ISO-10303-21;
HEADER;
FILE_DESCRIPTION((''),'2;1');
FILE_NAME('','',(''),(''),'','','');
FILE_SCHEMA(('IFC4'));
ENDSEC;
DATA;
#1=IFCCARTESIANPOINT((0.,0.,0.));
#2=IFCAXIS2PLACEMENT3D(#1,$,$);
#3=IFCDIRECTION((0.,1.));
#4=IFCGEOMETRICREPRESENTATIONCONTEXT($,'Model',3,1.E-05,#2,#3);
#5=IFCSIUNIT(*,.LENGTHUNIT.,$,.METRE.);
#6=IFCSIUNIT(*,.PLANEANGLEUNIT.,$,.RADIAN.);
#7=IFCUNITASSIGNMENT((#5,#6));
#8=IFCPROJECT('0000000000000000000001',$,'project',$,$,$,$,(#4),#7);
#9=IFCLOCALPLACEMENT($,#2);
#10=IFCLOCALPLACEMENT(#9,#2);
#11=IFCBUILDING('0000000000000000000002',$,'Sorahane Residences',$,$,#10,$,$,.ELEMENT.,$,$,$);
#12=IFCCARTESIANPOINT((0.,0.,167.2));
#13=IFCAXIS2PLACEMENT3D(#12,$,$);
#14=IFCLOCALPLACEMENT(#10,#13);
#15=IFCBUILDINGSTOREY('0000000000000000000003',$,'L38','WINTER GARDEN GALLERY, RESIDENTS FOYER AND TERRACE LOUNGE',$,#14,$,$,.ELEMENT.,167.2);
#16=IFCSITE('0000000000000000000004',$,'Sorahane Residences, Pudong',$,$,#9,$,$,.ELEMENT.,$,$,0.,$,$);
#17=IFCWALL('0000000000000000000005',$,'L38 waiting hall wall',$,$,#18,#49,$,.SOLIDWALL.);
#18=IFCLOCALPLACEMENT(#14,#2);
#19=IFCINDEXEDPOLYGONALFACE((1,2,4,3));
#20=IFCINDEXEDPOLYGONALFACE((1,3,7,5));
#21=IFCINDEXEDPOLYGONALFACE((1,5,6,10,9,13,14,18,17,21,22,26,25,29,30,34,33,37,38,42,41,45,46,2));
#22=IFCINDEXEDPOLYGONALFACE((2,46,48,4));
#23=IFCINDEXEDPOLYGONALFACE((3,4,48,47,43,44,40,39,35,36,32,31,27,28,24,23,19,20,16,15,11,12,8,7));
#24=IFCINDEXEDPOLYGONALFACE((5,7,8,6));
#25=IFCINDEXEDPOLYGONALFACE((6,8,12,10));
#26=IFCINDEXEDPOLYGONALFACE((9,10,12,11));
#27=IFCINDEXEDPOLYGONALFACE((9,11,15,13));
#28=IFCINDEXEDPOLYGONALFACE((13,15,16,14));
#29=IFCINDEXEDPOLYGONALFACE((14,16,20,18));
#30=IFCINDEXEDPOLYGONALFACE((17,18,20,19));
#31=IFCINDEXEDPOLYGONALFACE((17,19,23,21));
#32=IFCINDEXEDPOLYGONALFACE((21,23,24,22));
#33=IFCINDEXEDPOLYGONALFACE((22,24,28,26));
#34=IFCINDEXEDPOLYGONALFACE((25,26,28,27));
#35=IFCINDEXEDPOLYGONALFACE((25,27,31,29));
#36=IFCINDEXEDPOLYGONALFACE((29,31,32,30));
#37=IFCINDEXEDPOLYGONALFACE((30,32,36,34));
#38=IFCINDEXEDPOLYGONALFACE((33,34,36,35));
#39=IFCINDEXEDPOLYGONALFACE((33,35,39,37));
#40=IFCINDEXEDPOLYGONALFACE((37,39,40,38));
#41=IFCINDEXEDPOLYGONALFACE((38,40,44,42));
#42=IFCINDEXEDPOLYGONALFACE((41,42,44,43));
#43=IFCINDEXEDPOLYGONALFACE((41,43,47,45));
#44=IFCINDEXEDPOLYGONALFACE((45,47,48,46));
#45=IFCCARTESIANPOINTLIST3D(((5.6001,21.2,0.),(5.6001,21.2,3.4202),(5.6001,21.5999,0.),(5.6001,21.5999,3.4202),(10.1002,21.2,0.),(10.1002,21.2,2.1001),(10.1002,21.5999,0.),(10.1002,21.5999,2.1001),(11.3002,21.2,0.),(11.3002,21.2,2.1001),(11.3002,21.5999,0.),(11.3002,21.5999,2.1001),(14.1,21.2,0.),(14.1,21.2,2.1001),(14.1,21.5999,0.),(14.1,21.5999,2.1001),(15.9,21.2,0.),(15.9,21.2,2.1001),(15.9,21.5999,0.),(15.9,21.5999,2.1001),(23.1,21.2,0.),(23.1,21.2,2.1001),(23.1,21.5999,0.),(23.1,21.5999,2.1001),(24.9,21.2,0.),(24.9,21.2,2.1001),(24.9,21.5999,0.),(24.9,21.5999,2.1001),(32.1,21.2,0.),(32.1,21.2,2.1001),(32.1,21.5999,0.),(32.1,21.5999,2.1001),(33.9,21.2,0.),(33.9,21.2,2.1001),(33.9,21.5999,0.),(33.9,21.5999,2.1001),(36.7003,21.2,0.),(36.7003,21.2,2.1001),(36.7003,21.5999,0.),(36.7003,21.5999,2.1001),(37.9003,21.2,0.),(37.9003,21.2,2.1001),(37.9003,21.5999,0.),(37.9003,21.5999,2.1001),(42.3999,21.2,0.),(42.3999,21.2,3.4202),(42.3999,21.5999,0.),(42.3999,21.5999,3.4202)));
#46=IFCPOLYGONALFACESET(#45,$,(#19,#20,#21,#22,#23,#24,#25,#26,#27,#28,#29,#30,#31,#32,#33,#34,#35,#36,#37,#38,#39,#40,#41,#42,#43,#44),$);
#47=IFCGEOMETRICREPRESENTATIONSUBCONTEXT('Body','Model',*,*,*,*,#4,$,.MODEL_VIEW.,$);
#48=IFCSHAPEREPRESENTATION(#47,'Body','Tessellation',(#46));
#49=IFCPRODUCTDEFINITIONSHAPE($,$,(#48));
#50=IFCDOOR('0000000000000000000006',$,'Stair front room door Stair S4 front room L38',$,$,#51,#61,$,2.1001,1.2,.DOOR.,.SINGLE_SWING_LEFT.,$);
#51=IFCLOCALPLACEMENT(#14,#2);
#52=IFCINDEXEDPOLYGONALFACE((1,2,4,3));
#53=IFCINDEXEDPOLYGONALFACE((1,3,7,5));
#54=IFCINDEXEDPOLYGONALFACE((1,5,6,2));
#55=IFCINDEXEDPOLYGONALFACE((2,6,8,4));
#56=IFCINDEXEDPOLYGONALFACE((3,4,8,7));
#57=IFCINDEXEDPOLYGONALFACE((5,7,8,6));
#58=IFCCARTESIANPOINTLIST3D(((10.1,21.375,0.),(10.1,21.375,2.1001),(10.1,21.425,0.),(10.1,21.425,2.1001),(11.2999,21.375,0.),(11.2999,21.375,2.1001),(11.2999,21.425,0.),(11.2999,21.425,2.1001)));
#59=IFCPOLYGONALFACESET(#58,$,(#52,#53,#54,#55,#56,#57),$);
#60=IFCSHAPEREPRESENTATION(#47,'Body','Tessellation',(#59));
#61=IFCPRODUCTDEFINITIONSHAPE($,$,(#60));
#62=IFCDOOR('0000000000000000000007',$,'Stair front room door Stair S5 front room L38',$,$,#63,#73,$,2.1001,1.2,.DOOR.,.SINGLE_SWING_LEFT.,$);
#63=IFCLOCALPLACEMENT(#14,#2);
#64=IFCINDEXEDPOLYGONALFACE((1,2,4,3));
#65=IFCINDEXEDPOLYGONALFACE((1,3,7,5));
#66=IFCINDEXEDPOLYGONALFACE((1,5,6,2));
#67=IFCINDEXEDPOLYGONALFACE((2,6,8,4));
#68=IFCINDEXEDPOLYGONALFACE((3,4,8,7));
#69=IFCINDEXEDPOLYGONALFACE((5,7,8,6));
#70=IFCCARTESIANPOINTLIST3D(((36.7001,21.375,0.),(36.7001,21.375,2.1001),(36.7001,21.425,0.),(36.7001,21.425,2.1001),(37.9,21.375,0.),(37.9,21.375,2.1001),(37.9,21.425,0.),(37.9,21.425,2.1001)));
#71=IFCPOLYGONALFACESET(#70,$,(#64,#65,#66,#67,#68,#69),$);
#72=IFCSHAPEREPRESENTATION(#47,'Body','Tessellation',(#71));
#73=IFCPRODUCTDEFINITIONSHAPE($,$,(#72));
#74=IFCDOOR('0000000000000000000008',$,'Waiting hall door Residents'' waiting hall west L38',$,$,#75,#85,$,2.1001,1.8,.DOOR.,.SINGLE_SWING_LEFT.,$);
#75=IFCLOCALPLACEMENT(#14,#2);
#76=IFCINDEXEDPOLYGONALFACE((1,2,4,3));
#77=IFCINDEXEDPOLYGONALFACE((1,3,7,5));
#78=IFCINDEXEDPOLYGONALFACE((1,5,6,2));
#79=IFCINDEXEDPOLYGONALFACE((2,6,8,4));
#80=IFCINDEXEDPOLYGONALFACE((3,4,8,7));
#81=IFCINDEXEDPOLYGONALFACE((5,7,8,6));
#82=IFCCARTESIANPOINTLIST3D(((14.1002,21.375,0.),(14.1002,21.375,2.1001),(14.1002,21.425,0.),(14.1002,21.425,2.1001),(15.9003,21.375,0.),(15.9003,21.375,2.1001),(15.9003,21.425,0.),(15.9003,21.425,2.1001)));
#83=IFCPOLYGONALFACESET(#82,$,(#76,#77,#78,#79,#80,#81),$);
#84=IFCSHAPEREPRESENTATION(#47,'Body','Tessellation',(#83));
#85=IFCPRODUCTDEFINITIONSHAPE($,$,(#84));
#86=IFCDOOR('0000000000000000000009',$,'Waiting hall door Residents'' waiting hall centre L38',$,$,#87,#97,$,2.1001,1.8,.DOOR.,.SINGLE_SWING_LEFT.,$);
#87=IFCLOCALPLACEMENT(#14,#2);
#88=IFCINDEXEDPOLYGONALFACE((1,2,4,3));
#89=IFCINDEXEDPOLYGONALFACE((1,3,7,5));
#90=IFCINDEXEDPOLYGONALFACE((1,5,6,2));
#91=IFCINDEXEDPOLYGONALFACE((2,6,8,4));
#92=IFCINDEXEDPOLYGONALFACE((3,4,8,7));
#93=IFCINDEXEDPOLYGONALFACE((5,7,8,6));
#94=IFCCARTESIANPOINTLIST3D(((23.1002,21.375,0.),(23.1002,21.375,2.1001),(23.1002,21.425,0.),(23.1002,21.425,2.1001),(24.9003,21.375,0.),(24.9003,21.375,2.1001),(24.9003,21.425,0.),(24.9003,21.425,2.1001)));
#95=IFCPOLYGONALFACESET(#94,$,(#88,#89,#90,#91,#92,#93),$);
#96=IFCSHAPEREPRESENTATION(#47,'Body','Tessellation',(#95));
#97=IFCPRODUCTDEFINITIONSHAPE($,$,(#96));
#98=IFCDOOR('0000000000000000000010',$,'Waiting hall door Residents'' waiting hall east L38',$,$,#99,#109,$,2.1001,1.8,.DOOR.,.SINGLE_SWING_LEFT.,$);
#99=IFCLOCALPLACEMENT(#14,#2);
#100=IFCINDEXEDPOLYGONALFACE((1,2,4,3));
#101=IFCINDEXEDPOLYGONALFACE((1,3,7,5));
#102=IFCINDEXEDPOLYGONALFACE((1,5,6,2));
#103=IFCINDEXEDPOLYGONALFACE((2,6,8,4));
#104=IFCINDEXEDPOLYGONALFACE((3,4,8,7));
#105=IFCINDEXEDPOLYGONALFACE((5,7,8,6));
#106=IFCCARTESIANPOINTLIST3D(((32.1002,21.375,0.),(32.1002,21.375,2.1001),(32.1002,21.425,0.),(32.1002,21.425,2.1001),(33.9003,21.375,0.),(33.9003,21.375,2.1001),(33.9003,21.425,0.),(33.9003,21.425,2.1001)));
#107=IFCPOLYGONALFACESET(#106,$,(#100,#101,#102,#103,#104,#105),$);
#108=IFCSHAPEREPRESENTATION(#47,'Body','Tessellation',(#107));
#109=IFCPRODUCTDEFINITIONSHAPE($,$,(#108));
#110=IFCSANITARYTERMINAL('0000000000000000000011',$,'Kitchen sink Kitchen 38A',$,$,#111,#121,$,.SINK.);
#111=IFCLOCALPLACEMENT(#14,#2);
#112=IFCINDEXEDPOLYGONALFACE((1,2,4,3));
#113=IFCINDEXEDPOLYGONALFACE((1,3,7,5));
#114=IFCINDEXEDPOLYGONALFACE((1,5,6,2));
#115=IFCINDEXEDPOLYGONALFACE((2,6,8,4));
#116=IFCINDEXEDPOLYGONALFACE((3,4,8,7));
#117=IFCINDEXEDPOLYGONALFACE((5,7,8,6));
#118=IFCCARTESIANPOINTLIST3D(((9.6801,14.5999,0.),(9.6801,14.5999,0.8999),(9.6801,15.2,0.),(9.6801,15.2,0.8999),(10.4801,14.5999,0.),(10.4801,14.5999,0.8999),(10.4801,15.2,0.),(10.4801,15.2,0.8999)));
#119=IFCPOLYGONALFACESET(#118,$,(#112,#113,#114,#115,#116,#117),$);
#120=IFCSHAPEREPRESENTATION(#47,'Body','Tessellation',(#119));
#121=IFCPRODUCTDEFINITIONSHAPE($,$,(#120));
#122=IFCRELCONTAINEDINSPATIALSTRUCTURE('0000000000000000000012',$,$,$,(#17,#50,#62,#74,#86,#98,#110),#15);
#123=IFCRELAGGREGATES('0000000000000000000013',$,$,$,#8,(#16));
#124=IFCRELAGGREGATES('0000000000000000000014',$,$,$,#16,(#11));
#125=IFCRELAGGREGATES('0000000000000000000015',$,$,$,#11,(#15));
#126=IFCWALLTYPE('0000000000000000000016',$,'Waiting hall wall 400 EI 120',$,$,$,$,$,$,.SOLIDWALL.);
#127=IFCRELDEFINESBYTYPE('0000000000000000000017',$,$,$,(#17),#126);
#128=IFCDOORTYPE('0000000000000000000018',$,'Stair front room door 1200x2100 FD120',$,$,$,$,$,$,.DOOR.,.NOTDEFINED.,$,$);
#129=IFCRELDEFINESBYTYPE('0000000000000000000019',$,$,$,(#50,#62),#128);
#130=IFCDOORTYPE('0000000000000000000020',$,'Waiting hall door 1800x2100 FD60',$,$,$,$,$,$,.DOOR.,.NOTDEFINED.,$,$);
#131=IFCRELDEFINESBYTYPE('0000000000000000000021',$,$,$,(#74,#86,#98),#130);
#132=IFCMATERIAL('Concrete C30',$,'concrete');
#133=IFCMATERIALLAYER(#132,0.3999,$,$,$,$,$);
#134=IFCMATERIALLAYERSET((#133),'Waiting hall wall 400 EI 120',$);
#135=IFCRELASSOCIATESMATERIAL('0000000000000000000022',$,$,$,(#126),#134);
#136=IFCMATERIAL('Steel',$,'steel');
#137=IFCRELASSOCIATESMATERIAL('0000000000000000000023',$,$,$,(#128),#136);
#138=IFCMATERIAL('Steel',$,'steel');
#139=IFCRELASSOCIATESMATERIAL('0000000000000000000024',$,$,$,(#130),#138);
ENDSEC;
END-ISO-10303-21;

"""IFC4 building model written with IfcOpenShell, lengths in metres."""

from ifc_helpers import new_model, si_unit, direction, frame, frame_2d, origin, origin_2d, place, context, subcontext, project, spatial, rectangle, extrude, material, layer, layer_set, type_object, element, fill, save


model = new_model("IFC4")

# Units and contexts
model_context = context("Model", 3, precision=1e-05, world=origin(), true_north=direction((0.0, 1.0)))
body_context = subcontext(model_context, "Body", "Model", "MODEL_VIEW")
ifc_project = project(units=[si_unit("LENGTHUNIT", "METRE"), si_unit("PLANEANGLEUNIT", "RADIAN")], contexts=[model_context])

# Site, building, storey
site_placement = place(None, origin())
site = spatial("IfcSite", under=ifc_project, at=site_placement, Name="Sorahane Residences, Pudong", CompositionType="ELEMENT", RefElevation=0.0)
building_placement = place(site_placement, origin())
building = spatial("IfcBuilding", under=site, at=building_placement, Name="Sorahane Residences", CompositionType="ELEMENT")
storey_placement = place(building_placement, frame((0.0, 0.0, 167.2)))
storey = spatial("IfcBuildingStorey", under=building, at=storey_placement, Name="L38", Description="WINTER GARDEN GALLERY, RESIDENTS FOYER AND TERRACE LOUNGE", CompositionType="ELEMENT", Elevation=167.2)

# Wall, openings, doors
ifc_material_1 = material(Name="Concrete C30", Category="concrete")
ifc_layer_1 = layer(ifc_material_1, 0.3999)
ifc_layer_set_1 = layer_set([ifc_layer_1], Name="Waiting hall wall 400 EI 120")
wall_type_1 = type_object("IfcWallType", Name="Waiting hall wall 400 EI 120", PredefinedType="SOLIDWALL", material=ifc_layer_set_1)
wall_1_placement = place(storey_placement, frame((5.6001, 21.3999, 0.0), z_axis=(0.0, 0.0, 1.0), x_axis=(1.0, 0.0, 0.0)))
wall_1 = element("IfcWall", 1, at=wall_1_placement, inside=storey, type_object=wall_type_1, Name="L38 waiting hall wall", PredefinedType="SOLIDWALL", context=body_context, shape_type="SweptSolid", body=[
    extrude(rectangle(XDim=36.7998, YDim=0.3999, at=frame_2d((18.3999, 0.0))), origin(), (0.0, 0.0, 1.0), 3.4202),
])
opening_1_placement = place(wall_1_placement, frame((8.5, 0.0, 0.0)))
opening_1 = element("IfcOpeningElement", 2, at=opening_1_placement, cuts=wall_1, PredefinedType="OPENING", context=body_context, shape_type="SweptSolid", body=[
    extrude(rectangle(XDim=1.8, YDim=2.1001, at=frame_2d((0.8999, 1.05))), frame((0.0, 0.21, 0.0), z_axis=(0.0, -1.0, 0.0), x_axis=(1.0, 0.0, 0.0)), (0.0, 0.0, 1.0), 0.4199),
])
opening_2_placement = place(wall_1_placement, frame((17.5, 0.0, 0.0)))
opening_2 = element("IfcOpeningElement", 3, at=opening_2_placement, cuts=wall_1, PredefinedType="OPENING", context=body_context, shape_type="SweptSolid", body=[
    extrude(rectangle(XDim=1.8, YDim=2.1001, at=frame_2d((0.8999, 1.05))), frame((0.0, 0.21, 0.0), z_axis=(0.0, -1.0, 0.0), x_axis=(1.0, 0.0, 0.0)), (0.0, 0.0, 1.0), 0.4199),
])
opening_3_placement = place(wall_1_placement, frame((26.5, 0.0, 0.0)))
opening_3 = element("IfcOpeningElement", 4, at=opening_3_placement, cuts=wall_1, PredefinedType="OPENING", context=body_context, shape_type="SweptSolid", body=[
    extrude(rectangle(XDim=1.8, YDim=2.1001, at=frame_2d((0.8999, 1.05))), frame((0.0, 0.21, 0.0), z_axis=(0.0, -1.0, 0.0), x_axis=(1.0, 0.0, 0.0)), (0.0, 0.0, 1.0), 0.4199),
])
opening_4_placement = place(wall_1_placement, frame((4.5, 0.0, 0.0)))
opening_4 = element("IfcOpeningElement", 5, at=opening_4_placement, cuts=wall_1, PredefinedType="OPENING", context=body_context, shape_type="SweptSolid", body=[
    extrude(rectangle(XDim=1.2, YDim=2.1001, at=frame_2d((0.6001, 1.05))), frame((0.0, 0.21, 0.0), z_axis=(0.0, -1.0, 0.0), x_axis=(1.0, 0.0, 0.0)), (0.0, 0.0, 1.0), 0.4199),
])
opening_5_placement = place(wall_1_placement, frame((31.1001, 0.0, 0.0)))
opening_5 = element("IfcOpeningElement", 6, at=opening_5_placement, cuts=wall_1, PredefinedType="OPENING", context=body_context, shape_type="SweptSolid", body=[
    extrude(rectangle(XDim=1.2, YDim=2.1001, at=frame_2d((0.6001, 1.05))), frame((0.0, 0.21, 0.0), z_axis=(0.0, -1.0, 0.0), x_axis=(1.0, 0.0, 0.0)), (0.0, 0.0, 1.0), 0.4199),
])
ifc_material_2 = material(Name="Steel", Category="steel")
door_type_1 = type_object("IfcDoorType", Name="Stair front room door 1200x2100 FD120", OperationType="NOTDEFINED", PredefinedType="DOOR", material=ifc_material_2)
door_1_placement = place(opening_4_placement, frame((1.2, 0.0, 0.0), z_axis=(0.0, 0.0, 1.0), x_axis=(-1.0, 0.0, 0.0)))
door_1 = element("IfcDoor", 7, at=door_1_placement, inside=storey, type_object=door_type_1, Name="Stair front room door Stair S4 front room L38", OperationType="SINGLE_SWING_LEFT", OverallHeight=2.1001, OverallWidth=1.2, PredefinedType="DOOR", context=body_context, shape_type="SweptSolid", body=[
    extrude(rectangle(XDim=1.2, YDim=2.1001, at=frame_2d((0.6001, 1.05))), frame((0.0, 0.0249, 0.0), z_axis=(0.0, -1.0, 0.0), x_axis=(1.0, 0.0, 0.0)), (0.0, 0.0, 1.0), 0.05),
])
fill(opening_4, door_1)
door_2_placement = place(opening_5_placement, frame((1.2, 0.0, 0.0), z_axis=(0.0, 0.0, 1.0), x_axis=(-1.0, 0.0, 0.0)))
door_2 = element("IfcDoor", 8, at=door_2_placement, inside=storey, type_object=door_type_1, Name="Stair front room door Stair S5 front room L38", OperationType="SINGLE_SWING_LEFT", OverallHeight=2.1001, OverallWidth=1.2, PredefinedType="DOOR", context=body_context, shape_type="SweptSolid", body=[
    extrude(rectangle(XDim=1.2, YDim=2.1001, at=frame_2d((0.6001, 1.05))), frame((0.0, 0.0249, 0.0), z_axis=(0.0, -1.0, 0.0), x_axis=(1.0, 0.0, 0.0)), (0.0, 0.0, 1.0), 0.05),
])
fill(opening_5, door_2)
ifc_material_3 = material(Name="Steel", Category="steel")
door_type_2 = type_object("IfcDoorType", Name="Waiting hall door 1800x2100 FD60", OperationType="NOTDEFINED", PredefinedType="DOOR", material=ifc_material_3)
door_3_placement = place(opening_1_placement, frame((1.8, 0.0, 0.0), z_axis=(0.0, 0.0, 1.0), x_axis=(-1.0, 0.0, 0.0)))
door_3 = element("IfcDoor", 9, at=door_3_placement, inside=storey, type_object=door_type_2, Name="Waiting hall door Residents' waiting hall west L38", OperationType="SINGLE_SWING_LEFT", OverallHeight=2.1001, OverallWidth=1.8, PredefinedType="DOOR", context=body_context, shape_type="SweptSolid", body=[
    extrude(rectangle(XDim=1.8, YDim=2.1001, at=frame_2d((0.8999, 1.05))), frame((0.0, 0.0249, 0.0), z_axis=(0.0, -1.0, 0.0), x_axis=(1.0, 0.0, 0.0)), (0.0, 0.0, 1.0), 0.05),
])
fill(opening_1, door_3)
door_4_placement = place(opening_2_placement, frame((1.8, 0.0, 0.0), z_axis=(0.0, 0.0, 1.0), x_axis=(-1.0, 0.0, 0.0)))
door_4 = element("IfcDoor", 10, at=door_4_placement, inside=storey, type_object=door_type_2, Name="Waiting hall door Residents' waiting hall centre L38", OperationType="SINGLE_SWING_LEFT", OverallHeight=2.1001, OverallWidth=1.8, PredefinedType="DOOR", context=body_context, shape_type="SweptSolid", body=[
    extrude(rectangle(XDim=1.8, YDim=2.1001, at=frame_2d((0.8999, 1.05))), frame((0.0, 0.0249, 0.0), z_axis=(0.0, -1.0, 0.0), x_axis=(1.0, 0.0, 0.0)), (0.0, 0.0, 1.0), 0.05),
])
fill(opening_2, door_4)
door_5_placement = place(opening_3_placement, frame((1.8, 0.0, 0.0), z_axis=(0.0, 0.0, 1.0), x_axis=(-1.0, 0.0, 0.0)))
door_5 = element("IfcDoor", 11, at=door_5_placement, inside=storey, type_object=door_type_2, Name="Waiting hall door Residents' waiting hall east L38", OperationType="SINGLE_SWING_LEFT", OverallHeight=2.1001, OverallWidth=1.8, PredefinedType="DOOR", context=body_context, shape_type="SweptSolid", body=[
    extrude(rectangle(XDim=1.8, YDim=2.1001, at=frame_2d((0.8999, 1.05))), frame((0.0, 0.0249, 0.0), z_axis=(0.0, -1.0, 0.0), x_axis=(1.0, 0.0, 0.0)), (0.0, 0.0, 1.0), 0.05),
])
fill(opening_3, door_5)

# Sanitary terminal
sanitary_terminal_placement = place(storey_placement, frame((10.0801, 14.8999, 0.0), z_axis=(0.0, 0.0, 1.0), x_axis=(1.0, 0.0, 0.0)))
element("IfcSanitaryTerminal", 12, at=sanitary_terminal_placement, inside=storey, Name="Kitchen sink Kitchen 38A", PredefinedType="SINK", context=body_context, shape_type="SweptSolid", body=[
    extrude(rectangle(XDim=0.8, YDim=0.6001, at=origin_2d()), origin(), (0.0, 0.0, 1.0), 0.8999),
])

save(model, "model.ifc")
